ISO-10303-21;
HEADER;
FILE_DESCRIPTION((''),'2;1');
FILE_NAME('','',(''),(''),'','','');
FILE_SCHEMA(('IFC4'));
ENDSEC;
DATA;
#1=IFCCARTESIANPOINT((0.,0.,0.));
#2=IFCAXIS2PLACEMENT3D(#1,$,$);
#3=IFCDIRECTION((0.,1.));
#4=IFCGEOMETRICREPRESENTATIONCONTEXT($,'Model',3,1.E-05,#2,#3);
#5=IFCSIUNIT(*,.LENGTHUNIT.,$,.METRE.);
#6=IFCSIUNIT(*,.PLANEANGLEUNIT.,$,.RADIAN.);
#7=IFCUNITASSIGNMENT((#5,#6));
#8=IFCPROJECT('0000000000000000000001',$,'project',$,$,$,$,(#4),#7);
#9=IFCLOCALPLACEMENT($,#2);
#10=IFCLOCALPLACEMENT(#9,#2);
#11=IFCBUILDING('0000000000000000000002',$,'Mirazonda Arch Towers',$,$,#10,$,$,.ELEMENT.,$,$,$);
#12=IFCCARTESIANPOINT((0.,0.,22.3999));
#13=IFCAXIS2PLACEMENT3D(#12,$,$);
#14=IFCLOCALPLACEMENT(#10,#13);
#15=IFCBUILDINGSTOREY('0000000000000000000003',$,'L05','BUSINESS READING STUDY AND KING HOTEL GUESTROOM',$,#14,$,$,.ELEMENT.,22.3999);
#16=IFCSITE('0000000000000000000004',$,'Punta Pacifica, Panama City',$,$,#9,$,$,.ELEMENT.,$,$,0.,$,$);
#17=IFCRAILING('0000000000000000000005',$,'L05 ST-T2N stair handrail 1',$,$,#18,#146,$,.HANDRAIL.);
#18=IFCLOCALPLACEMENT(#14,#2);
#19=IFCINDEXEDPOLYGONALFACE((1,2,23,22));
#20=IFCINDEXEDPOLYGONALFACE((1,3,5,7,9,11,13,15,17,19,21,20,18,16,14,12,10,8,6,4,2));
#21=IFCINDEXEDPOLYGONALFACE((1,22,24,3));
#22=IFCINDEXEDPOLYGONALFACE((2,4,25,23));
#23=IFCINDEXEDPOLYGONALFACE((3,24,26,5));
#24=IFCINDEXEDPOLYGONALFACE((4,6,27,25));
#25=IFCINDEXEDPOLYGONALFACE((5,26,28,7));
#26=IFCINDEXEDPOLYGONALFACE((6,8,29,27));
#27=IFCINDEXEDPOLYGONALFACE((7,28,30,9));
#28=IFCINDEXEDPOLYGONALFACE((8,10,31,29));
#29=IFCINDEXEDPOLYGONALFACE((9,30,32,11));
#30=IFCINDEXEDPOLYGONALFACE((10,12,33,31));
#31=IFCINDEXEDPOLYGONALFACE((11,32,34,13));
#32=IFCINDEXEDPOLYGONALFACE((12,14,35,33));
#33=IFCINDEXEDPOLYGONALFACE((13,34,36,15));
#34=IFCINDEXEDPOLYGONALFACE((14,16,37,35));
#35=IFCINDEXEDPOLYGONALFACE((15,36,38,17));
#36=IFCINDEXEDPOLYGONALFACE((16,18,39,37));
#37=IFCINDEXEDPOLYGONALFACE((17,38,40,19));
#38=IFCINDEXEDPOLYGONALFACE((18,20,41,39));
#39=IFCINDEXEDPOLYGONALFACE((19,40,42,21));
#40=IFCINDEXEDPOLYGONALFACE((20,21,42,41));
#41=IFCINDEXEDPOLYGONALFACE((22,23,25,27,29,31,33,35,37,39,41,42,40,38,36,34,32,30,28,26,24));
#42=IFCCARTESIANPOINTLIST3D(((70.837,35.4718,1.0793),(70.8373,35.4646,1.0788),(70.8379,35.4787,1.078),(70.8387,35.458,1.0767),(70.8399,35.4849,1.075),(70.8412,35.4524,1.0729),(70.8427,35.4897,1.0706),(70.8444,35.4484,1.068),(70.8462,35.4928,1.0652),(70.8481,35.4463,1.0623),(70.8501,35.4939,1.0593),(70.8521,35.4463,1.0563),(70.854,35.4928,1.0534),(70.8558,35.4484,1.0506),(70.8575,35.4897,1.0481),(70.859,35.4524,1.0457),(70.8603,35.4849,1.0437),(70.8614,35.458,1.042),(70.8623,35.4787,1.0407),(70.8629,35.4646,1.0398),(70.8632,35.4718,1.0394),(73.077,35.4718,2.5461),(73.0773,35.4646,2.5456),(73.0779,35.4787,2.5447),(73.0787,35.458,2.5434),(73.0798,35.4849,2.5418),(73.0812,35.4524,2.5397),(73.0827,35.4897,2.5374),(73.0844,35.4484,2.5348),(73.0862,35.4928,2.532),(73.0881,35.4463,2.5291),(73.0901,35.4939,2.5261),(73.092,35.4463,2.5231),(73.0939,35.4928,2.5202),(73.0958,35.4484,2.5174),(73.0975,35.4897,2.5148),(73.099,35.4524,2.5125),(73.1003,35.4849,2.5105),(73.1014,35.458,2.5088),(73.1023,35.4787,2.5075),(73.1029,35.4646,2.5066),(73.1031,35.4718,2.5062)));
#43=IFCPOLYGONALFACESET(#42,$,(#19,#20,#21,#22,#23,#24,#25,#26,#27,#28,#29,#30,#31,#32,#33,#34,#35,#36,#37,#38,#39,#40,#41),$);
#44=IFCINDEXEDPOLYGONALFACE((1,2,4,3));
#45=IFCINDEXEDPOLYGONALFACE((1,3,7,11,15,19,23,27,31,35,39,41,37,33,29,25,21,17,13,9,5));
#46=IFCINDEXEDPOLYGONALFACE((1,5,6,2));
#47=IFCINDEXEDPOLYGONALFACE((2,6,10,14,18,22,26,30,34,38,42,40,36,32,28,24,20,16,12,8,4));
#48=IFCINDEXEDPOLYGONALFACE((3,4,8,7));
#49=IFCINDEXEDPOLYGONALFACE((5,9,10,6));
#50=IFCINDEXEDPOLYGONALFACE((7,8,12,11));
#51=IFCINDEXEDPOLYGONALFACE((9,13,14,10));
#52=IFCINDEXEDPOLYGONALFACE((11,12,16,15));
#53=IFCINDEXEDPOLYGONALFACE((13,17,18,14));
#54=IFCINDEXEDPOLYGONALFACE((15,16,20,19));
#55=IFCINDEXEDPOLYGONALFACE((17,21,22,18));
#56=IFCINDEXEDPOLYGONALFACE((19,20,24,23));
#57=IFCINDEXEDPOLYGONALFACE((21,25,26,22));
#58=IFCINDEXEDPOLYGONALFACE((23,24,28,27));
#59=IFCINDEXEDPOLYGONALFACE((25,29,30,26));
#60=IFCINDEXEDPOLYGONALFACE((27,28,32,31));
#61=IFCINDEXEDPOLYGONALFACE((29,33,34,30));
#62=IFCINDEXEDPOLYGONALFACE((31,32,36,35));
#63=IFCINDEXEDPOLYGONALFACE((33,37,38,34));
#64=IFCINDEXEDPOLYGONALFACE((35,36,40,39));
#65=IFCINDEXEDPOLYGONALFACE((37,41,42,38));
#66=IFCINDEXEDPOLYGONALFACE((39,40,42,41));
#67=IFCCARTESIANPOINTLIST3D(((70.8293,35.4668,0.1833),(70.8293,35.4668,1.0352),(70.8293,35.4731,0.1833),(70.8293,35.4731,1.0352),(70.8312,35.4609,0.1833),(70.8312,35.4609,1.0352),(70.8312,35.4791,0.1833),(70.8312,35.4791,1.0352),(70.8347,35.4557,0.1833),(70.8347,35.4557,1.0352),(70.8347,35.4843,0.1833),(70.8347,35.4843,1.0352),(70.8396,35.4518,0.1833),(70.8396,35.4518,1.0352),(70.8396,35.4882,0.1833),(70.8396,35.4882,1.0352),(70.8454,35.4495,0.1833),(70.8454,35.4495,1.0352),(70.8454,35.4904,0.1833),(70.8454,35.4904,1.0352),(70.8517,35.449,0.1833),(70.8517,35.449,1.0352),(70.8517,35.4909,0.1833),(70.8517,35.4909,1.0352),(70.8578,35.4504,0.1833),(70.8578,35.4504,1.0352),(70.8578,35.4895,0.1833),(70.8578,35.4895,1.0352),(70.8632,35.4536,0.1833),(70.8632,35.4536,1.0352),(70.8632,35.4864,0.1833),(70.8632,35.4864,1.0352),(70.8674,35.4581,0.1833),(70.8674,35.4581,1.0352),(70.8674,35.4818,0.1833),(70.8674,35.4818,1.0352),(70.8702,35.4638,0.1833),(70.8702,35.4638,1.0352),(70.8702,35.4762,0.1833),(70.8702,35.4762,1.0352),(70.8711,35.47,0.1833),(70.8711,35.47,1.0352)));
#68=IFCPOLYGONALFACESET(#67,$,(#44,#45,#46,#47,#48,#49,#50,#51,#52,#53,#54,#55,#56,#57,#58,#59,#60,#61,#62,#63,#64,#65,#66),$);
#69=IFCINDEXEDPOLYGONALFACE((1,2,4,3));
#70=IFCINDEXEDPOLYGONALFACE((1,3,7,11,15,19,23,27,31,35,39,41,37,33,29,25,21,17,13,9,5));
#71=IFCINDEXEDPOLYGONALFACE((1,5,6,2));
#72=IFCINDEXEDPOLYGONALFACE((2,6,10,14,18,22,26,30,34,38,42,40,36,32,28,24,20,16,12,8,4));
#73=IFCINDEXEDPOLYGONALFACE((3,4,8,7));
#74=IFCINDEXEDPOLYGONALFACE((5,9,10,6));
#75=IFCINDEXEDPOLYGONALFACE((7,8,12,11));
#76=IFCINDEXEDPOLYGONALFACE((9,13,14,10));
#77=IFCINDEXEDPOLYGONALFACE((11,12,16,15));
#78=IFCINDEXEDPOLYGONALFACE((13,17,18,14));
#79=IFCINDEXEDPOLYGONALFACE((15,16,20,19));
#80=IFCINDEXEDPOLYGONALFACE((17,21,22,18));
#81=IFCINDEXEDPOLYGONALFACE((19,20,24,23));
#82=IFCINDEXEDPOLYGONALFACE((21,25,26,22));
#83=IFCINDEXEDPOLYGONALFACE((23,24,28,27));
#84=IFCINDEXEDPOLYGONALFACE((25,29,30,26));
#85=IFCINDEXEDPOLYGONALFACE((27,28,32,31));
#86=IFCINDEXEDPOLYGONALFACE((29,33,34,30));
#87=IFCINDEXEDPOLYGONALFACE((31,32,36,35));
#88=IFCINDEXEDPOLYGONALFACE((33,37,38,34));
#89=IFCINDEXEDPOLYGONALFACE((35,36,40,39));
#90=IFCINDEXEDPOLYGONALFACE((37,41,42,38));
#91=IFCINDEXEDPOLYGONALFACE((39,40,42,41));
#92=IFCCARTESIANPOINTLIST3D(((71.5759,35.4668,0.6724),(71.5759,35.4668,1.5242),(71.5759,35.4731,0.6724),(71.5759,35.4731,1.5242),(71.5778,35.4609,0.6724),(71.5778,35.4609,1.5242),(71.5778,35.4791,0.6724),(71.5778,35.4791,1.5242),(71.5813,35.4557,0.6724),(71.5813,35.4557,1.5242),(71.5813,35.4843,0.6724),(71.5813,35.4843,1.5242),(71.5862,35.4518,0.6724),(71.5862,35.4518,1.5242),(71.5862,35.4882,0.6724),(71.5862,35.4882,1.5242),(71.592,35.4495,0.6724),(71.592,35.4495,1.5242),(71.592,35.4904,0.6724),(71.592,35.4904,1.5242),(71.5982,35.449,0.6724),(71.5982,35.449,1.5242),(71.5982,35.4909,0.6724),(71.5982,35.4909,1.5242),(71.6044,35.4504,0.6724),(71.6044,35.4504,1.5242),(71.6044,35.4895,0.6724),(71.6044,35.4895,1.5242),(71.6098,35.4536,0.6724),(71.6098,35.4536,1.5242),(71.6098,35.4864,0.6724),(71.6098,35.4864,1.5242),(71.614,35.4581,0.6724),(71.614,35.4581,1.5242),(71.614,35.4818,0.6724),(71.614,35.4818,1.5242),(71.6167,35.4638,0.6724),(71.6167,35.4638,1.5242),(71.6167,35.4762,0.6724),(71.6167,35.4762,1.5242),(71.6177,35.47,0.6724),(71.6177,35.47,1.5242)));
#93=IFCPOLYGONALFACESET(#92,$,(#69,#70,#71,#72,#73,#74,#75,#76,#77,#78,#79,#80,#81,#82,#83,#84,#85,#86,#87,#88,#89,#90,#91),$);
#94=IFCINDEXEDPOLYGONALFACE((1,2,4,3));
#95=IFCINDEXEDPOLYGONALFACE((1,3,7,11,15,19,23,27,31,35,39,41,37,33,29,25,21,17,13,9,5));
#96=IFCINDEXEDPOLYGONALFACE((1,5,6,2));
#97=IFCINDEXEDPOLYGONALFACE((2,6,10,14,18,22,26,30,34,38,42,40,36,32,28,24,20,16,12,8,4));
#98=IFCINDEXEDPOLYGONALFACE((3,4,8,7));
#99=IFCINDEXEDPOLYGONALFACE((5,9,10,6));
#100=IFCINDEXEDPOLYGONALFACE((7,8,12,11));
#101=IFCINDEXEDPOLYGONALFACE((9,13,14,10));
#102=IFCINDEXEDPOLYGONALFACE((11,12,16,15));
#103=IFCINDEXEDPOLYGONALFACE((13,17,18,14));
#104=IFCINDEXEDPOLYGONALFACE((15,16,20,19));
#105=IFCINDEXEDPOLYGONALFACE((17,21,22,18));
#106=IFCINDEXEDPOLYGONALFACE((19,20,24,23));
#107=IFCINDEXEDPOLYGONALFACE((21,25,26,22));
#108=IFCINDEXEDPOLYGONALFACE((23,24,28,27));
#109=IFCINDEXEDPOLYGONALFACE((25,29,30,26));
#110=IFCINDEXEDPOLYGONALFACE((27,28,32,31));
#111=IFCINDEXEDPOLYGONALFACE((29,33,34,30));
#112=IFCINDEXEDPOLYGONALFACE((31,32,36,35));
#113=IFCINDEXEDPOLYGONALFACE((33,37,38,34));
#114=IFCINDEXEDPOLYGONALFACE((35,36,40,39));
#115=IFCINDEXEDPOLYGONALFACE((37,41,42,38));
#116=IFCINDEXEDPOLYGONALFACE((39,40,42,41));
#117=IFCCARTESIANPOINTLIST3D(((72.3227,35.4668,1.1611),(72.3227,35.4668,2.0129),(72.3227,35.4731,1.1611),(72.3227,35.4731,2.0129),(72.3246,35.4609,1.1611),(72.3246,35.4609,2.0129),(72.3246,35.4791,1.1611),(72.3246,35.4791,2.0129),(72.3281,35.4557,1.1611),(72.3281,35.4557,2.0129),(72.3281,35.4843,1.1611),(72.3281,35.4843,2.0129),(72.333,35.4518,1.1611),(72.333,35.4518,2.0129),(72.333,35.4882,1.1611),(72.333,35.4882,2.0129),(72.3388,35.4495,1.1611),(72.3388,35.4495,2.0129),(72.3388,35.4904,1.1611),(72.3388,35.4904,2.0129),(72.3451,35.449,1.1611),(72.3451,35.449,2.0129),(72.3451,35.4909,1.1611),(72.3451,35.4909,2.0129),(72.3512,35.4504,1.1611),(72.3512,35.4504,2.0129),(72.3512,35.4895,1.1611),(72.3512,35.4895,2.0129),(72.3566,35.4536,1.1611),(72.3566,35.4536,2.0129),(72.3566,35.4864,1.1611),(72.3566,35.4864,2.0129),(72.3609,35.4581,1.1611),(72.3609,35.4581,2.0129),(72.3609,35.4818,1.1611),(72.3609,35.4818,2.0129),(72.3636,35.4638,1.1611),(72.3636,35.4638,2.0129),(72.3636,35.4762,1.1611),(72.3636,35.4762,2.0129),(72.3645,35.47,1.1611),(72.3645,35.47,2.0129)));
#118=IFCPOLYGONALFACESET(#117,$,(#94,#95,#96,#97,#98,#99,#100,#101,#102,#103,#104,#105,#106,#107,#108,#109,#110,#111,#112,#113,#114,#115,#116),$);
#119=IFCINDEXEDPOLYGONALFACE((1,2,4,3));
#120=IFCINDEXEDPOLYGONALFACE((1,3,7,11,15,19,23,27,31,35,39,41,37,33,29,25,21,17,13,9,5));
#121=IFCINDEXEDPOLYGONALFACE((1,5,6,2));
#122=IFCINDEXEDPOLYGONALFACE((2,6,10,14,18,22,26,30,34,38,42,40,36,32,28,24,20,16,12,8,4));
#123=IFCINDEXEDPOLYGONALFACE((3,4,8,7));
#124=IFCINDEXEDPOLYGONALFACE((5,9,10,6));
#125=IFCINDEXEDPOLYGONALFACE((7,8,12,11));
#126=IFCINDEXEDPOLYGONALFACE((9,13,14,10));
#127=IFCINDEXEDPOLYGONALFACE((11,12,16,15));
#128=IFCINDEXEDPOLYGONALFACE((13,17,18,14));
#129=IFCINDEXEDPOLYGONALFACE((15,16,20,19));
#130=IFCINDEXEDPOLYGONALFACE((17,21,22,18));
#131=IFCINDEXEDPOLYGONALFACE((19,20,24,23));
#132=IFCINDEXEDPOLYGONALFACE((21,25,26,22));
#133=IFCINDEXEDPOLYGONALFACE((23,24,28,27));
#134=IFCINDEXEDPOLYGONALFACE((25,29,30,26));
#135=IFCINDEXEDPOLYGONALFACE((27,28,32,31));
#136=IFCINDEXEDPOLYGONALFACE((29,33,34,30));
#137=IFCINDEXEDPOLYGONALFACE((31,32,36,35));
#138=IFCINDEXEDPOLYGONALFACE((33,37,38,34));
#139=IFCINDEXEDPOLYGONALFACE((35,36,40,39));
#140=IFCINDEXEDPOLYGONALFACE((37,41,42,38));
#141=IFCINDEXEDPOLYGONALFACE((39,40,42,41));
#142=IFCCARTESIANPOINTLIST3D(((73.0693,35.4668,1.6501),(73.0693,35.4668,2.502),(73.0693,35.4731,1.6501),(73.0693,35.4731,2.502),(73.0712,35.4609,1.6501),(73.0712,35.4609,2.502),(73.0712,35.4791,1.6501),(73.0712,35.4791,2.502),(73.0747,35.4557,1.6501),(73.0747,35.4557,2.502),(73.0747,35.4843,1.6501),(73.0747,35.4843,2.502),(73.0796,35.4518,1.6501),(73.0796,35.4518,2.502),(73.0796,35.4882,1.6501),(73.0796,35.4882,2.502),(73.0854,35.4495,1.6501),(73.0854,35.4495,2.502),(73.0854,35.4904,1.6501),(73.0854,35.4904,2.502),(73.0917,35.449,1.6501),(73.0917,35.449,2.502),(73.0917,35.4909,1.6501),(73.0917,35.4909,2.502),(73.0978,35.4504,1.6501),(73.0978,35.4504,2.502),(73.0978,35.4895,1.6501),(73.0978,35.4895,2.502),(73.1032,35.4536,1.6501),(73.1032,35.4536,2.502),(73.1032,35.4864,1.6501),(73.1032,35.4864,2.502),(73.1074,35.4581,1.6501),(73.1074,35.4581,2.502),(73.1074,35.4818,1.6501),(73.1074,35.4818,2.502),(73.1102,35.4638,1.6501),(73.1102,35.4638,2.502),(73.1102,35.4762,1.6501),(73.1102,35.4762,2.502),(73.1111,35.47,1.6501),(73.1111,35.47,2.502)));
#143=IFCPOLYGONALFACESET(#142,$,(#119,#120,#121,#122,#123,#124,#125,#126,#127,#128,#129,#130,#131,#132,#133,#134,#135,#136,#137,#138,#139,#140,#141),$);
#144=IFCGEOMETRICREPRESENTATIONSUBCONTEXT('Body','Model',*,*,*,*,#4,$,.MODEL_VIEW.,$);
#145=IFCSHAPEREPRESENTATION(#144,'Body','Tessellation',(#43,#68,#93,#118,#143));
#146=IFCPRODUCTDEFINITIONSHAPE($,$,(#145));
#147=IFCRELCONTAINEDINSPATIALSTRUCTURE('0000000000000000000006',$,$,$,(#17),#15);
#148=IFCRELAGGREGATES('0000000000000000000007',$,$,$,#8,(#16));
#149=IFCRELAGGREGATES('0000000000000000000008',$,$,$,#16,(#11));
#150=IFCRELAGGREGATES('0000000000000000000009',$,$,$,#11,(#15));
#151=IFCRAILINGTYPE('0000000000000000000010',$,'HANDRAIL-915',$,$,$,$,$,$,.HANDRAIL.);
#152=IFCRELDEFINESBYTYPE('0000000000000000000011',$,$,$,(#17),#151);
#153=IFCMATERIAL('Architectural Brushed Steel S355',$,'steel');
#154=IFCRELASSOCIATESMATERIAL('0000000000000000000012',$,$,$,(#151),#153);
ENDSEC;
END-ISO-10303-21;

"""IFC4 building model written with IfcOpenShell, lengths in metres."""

from ifc_helpers import new_model, si_unit, direction, frame, origin, origin_2d, place, context, subcontext, project, spatial, circle, extrude, material, type_object, element, save


model = new_model("IFC4")

# Units and contexts
model_context = context("Model", 3, precision=1e-05, world=origin(), true_north=direction((0.0, 1.0)))
body_context = subcontext(model_context, "Body", "Model", "MODEL_VIEW")
ifc_project = project(units=[si_unit("LENGTHUNIT", "METRE"), si_unit("PLANEANGLEUNIT", "RADIAN")], contexts=[model_context])

# Site, building, storey
site_placement = place(None, origin())
site = spatial("IfcSite", under=ifc_project, at=site_placement, Name="Punta Pacifica, Panama City", CompositionType="ELEMENT", RefElevation=0.0)
building_placement = place(site_placement, origin())
building = spatial("IfcBuilding", under=site, at=building_placement, Name="Mirazonda Arch Towers", CompositionType="ELEMENT")
storey_placement = place(building_placement, frame((0.0, 0.0, 22.3999)))
storey = spatial("IfcBuildingStorey", under=building, at=storey_placement, Name="L05", Description="BUSINESS READING STUDY AND KING HOTEL GUESTROOM", CompositionType="ELEMENT", Elevation=22.3999)

# Shared definitions
ifc_material_1 = material(Name="Architectural Brushed Steel S355", Category="steel")

# Railing
railing_type = type_object("IfcRailingType", Name="HANDRAIL-915", PredefinedType="HANDRAIL", material=ifc_material_1)
railing_placement = place(storey_placement, frame((70.8501, 35.47, 0.1833)))
element("IfcRailing", 1, at=railing_placement, inside=storey, type_object=railing_type, Name="L05 ST-T2N stair handrail 1", PredefinedType="HANDRAIL", context=body_context, shape_type="SweptSolid", body=[
    extrude(circle(Radius=0.0239, at=origin_2d()), frame((0.0, 0.0, 0.876), z_axis=(0.836595, 0.0, 0.547822), x_axis=(0.0, 1.0, 0.0)), (0.0, 0.0, 1.0), 2.6775),
    extrude(circle(Radius=0.021, at=origin_2d()), origin(), (0.0, 0.0, 1.0), 0.8518),
    extrude(circle(Radius=0.021, at=origin_2d()), frame((0.7466, 0.0, 0.489)), (0.0, 0.0, 1.0), 0.8518),
    extrude(circle(Radius=0.021, at=origin_2d()), frame((1.4934, 0.0, 0.9778)), (0.0, 0.0, 1.0), 0.8518),
    extrude(circle(Radius=0.021, at=origin_2d()), frame((2.24, 0.0, 1.4668)), (0.0, 0.0, 1.0), 0.8518),
])

save(model, "model.ifc")
